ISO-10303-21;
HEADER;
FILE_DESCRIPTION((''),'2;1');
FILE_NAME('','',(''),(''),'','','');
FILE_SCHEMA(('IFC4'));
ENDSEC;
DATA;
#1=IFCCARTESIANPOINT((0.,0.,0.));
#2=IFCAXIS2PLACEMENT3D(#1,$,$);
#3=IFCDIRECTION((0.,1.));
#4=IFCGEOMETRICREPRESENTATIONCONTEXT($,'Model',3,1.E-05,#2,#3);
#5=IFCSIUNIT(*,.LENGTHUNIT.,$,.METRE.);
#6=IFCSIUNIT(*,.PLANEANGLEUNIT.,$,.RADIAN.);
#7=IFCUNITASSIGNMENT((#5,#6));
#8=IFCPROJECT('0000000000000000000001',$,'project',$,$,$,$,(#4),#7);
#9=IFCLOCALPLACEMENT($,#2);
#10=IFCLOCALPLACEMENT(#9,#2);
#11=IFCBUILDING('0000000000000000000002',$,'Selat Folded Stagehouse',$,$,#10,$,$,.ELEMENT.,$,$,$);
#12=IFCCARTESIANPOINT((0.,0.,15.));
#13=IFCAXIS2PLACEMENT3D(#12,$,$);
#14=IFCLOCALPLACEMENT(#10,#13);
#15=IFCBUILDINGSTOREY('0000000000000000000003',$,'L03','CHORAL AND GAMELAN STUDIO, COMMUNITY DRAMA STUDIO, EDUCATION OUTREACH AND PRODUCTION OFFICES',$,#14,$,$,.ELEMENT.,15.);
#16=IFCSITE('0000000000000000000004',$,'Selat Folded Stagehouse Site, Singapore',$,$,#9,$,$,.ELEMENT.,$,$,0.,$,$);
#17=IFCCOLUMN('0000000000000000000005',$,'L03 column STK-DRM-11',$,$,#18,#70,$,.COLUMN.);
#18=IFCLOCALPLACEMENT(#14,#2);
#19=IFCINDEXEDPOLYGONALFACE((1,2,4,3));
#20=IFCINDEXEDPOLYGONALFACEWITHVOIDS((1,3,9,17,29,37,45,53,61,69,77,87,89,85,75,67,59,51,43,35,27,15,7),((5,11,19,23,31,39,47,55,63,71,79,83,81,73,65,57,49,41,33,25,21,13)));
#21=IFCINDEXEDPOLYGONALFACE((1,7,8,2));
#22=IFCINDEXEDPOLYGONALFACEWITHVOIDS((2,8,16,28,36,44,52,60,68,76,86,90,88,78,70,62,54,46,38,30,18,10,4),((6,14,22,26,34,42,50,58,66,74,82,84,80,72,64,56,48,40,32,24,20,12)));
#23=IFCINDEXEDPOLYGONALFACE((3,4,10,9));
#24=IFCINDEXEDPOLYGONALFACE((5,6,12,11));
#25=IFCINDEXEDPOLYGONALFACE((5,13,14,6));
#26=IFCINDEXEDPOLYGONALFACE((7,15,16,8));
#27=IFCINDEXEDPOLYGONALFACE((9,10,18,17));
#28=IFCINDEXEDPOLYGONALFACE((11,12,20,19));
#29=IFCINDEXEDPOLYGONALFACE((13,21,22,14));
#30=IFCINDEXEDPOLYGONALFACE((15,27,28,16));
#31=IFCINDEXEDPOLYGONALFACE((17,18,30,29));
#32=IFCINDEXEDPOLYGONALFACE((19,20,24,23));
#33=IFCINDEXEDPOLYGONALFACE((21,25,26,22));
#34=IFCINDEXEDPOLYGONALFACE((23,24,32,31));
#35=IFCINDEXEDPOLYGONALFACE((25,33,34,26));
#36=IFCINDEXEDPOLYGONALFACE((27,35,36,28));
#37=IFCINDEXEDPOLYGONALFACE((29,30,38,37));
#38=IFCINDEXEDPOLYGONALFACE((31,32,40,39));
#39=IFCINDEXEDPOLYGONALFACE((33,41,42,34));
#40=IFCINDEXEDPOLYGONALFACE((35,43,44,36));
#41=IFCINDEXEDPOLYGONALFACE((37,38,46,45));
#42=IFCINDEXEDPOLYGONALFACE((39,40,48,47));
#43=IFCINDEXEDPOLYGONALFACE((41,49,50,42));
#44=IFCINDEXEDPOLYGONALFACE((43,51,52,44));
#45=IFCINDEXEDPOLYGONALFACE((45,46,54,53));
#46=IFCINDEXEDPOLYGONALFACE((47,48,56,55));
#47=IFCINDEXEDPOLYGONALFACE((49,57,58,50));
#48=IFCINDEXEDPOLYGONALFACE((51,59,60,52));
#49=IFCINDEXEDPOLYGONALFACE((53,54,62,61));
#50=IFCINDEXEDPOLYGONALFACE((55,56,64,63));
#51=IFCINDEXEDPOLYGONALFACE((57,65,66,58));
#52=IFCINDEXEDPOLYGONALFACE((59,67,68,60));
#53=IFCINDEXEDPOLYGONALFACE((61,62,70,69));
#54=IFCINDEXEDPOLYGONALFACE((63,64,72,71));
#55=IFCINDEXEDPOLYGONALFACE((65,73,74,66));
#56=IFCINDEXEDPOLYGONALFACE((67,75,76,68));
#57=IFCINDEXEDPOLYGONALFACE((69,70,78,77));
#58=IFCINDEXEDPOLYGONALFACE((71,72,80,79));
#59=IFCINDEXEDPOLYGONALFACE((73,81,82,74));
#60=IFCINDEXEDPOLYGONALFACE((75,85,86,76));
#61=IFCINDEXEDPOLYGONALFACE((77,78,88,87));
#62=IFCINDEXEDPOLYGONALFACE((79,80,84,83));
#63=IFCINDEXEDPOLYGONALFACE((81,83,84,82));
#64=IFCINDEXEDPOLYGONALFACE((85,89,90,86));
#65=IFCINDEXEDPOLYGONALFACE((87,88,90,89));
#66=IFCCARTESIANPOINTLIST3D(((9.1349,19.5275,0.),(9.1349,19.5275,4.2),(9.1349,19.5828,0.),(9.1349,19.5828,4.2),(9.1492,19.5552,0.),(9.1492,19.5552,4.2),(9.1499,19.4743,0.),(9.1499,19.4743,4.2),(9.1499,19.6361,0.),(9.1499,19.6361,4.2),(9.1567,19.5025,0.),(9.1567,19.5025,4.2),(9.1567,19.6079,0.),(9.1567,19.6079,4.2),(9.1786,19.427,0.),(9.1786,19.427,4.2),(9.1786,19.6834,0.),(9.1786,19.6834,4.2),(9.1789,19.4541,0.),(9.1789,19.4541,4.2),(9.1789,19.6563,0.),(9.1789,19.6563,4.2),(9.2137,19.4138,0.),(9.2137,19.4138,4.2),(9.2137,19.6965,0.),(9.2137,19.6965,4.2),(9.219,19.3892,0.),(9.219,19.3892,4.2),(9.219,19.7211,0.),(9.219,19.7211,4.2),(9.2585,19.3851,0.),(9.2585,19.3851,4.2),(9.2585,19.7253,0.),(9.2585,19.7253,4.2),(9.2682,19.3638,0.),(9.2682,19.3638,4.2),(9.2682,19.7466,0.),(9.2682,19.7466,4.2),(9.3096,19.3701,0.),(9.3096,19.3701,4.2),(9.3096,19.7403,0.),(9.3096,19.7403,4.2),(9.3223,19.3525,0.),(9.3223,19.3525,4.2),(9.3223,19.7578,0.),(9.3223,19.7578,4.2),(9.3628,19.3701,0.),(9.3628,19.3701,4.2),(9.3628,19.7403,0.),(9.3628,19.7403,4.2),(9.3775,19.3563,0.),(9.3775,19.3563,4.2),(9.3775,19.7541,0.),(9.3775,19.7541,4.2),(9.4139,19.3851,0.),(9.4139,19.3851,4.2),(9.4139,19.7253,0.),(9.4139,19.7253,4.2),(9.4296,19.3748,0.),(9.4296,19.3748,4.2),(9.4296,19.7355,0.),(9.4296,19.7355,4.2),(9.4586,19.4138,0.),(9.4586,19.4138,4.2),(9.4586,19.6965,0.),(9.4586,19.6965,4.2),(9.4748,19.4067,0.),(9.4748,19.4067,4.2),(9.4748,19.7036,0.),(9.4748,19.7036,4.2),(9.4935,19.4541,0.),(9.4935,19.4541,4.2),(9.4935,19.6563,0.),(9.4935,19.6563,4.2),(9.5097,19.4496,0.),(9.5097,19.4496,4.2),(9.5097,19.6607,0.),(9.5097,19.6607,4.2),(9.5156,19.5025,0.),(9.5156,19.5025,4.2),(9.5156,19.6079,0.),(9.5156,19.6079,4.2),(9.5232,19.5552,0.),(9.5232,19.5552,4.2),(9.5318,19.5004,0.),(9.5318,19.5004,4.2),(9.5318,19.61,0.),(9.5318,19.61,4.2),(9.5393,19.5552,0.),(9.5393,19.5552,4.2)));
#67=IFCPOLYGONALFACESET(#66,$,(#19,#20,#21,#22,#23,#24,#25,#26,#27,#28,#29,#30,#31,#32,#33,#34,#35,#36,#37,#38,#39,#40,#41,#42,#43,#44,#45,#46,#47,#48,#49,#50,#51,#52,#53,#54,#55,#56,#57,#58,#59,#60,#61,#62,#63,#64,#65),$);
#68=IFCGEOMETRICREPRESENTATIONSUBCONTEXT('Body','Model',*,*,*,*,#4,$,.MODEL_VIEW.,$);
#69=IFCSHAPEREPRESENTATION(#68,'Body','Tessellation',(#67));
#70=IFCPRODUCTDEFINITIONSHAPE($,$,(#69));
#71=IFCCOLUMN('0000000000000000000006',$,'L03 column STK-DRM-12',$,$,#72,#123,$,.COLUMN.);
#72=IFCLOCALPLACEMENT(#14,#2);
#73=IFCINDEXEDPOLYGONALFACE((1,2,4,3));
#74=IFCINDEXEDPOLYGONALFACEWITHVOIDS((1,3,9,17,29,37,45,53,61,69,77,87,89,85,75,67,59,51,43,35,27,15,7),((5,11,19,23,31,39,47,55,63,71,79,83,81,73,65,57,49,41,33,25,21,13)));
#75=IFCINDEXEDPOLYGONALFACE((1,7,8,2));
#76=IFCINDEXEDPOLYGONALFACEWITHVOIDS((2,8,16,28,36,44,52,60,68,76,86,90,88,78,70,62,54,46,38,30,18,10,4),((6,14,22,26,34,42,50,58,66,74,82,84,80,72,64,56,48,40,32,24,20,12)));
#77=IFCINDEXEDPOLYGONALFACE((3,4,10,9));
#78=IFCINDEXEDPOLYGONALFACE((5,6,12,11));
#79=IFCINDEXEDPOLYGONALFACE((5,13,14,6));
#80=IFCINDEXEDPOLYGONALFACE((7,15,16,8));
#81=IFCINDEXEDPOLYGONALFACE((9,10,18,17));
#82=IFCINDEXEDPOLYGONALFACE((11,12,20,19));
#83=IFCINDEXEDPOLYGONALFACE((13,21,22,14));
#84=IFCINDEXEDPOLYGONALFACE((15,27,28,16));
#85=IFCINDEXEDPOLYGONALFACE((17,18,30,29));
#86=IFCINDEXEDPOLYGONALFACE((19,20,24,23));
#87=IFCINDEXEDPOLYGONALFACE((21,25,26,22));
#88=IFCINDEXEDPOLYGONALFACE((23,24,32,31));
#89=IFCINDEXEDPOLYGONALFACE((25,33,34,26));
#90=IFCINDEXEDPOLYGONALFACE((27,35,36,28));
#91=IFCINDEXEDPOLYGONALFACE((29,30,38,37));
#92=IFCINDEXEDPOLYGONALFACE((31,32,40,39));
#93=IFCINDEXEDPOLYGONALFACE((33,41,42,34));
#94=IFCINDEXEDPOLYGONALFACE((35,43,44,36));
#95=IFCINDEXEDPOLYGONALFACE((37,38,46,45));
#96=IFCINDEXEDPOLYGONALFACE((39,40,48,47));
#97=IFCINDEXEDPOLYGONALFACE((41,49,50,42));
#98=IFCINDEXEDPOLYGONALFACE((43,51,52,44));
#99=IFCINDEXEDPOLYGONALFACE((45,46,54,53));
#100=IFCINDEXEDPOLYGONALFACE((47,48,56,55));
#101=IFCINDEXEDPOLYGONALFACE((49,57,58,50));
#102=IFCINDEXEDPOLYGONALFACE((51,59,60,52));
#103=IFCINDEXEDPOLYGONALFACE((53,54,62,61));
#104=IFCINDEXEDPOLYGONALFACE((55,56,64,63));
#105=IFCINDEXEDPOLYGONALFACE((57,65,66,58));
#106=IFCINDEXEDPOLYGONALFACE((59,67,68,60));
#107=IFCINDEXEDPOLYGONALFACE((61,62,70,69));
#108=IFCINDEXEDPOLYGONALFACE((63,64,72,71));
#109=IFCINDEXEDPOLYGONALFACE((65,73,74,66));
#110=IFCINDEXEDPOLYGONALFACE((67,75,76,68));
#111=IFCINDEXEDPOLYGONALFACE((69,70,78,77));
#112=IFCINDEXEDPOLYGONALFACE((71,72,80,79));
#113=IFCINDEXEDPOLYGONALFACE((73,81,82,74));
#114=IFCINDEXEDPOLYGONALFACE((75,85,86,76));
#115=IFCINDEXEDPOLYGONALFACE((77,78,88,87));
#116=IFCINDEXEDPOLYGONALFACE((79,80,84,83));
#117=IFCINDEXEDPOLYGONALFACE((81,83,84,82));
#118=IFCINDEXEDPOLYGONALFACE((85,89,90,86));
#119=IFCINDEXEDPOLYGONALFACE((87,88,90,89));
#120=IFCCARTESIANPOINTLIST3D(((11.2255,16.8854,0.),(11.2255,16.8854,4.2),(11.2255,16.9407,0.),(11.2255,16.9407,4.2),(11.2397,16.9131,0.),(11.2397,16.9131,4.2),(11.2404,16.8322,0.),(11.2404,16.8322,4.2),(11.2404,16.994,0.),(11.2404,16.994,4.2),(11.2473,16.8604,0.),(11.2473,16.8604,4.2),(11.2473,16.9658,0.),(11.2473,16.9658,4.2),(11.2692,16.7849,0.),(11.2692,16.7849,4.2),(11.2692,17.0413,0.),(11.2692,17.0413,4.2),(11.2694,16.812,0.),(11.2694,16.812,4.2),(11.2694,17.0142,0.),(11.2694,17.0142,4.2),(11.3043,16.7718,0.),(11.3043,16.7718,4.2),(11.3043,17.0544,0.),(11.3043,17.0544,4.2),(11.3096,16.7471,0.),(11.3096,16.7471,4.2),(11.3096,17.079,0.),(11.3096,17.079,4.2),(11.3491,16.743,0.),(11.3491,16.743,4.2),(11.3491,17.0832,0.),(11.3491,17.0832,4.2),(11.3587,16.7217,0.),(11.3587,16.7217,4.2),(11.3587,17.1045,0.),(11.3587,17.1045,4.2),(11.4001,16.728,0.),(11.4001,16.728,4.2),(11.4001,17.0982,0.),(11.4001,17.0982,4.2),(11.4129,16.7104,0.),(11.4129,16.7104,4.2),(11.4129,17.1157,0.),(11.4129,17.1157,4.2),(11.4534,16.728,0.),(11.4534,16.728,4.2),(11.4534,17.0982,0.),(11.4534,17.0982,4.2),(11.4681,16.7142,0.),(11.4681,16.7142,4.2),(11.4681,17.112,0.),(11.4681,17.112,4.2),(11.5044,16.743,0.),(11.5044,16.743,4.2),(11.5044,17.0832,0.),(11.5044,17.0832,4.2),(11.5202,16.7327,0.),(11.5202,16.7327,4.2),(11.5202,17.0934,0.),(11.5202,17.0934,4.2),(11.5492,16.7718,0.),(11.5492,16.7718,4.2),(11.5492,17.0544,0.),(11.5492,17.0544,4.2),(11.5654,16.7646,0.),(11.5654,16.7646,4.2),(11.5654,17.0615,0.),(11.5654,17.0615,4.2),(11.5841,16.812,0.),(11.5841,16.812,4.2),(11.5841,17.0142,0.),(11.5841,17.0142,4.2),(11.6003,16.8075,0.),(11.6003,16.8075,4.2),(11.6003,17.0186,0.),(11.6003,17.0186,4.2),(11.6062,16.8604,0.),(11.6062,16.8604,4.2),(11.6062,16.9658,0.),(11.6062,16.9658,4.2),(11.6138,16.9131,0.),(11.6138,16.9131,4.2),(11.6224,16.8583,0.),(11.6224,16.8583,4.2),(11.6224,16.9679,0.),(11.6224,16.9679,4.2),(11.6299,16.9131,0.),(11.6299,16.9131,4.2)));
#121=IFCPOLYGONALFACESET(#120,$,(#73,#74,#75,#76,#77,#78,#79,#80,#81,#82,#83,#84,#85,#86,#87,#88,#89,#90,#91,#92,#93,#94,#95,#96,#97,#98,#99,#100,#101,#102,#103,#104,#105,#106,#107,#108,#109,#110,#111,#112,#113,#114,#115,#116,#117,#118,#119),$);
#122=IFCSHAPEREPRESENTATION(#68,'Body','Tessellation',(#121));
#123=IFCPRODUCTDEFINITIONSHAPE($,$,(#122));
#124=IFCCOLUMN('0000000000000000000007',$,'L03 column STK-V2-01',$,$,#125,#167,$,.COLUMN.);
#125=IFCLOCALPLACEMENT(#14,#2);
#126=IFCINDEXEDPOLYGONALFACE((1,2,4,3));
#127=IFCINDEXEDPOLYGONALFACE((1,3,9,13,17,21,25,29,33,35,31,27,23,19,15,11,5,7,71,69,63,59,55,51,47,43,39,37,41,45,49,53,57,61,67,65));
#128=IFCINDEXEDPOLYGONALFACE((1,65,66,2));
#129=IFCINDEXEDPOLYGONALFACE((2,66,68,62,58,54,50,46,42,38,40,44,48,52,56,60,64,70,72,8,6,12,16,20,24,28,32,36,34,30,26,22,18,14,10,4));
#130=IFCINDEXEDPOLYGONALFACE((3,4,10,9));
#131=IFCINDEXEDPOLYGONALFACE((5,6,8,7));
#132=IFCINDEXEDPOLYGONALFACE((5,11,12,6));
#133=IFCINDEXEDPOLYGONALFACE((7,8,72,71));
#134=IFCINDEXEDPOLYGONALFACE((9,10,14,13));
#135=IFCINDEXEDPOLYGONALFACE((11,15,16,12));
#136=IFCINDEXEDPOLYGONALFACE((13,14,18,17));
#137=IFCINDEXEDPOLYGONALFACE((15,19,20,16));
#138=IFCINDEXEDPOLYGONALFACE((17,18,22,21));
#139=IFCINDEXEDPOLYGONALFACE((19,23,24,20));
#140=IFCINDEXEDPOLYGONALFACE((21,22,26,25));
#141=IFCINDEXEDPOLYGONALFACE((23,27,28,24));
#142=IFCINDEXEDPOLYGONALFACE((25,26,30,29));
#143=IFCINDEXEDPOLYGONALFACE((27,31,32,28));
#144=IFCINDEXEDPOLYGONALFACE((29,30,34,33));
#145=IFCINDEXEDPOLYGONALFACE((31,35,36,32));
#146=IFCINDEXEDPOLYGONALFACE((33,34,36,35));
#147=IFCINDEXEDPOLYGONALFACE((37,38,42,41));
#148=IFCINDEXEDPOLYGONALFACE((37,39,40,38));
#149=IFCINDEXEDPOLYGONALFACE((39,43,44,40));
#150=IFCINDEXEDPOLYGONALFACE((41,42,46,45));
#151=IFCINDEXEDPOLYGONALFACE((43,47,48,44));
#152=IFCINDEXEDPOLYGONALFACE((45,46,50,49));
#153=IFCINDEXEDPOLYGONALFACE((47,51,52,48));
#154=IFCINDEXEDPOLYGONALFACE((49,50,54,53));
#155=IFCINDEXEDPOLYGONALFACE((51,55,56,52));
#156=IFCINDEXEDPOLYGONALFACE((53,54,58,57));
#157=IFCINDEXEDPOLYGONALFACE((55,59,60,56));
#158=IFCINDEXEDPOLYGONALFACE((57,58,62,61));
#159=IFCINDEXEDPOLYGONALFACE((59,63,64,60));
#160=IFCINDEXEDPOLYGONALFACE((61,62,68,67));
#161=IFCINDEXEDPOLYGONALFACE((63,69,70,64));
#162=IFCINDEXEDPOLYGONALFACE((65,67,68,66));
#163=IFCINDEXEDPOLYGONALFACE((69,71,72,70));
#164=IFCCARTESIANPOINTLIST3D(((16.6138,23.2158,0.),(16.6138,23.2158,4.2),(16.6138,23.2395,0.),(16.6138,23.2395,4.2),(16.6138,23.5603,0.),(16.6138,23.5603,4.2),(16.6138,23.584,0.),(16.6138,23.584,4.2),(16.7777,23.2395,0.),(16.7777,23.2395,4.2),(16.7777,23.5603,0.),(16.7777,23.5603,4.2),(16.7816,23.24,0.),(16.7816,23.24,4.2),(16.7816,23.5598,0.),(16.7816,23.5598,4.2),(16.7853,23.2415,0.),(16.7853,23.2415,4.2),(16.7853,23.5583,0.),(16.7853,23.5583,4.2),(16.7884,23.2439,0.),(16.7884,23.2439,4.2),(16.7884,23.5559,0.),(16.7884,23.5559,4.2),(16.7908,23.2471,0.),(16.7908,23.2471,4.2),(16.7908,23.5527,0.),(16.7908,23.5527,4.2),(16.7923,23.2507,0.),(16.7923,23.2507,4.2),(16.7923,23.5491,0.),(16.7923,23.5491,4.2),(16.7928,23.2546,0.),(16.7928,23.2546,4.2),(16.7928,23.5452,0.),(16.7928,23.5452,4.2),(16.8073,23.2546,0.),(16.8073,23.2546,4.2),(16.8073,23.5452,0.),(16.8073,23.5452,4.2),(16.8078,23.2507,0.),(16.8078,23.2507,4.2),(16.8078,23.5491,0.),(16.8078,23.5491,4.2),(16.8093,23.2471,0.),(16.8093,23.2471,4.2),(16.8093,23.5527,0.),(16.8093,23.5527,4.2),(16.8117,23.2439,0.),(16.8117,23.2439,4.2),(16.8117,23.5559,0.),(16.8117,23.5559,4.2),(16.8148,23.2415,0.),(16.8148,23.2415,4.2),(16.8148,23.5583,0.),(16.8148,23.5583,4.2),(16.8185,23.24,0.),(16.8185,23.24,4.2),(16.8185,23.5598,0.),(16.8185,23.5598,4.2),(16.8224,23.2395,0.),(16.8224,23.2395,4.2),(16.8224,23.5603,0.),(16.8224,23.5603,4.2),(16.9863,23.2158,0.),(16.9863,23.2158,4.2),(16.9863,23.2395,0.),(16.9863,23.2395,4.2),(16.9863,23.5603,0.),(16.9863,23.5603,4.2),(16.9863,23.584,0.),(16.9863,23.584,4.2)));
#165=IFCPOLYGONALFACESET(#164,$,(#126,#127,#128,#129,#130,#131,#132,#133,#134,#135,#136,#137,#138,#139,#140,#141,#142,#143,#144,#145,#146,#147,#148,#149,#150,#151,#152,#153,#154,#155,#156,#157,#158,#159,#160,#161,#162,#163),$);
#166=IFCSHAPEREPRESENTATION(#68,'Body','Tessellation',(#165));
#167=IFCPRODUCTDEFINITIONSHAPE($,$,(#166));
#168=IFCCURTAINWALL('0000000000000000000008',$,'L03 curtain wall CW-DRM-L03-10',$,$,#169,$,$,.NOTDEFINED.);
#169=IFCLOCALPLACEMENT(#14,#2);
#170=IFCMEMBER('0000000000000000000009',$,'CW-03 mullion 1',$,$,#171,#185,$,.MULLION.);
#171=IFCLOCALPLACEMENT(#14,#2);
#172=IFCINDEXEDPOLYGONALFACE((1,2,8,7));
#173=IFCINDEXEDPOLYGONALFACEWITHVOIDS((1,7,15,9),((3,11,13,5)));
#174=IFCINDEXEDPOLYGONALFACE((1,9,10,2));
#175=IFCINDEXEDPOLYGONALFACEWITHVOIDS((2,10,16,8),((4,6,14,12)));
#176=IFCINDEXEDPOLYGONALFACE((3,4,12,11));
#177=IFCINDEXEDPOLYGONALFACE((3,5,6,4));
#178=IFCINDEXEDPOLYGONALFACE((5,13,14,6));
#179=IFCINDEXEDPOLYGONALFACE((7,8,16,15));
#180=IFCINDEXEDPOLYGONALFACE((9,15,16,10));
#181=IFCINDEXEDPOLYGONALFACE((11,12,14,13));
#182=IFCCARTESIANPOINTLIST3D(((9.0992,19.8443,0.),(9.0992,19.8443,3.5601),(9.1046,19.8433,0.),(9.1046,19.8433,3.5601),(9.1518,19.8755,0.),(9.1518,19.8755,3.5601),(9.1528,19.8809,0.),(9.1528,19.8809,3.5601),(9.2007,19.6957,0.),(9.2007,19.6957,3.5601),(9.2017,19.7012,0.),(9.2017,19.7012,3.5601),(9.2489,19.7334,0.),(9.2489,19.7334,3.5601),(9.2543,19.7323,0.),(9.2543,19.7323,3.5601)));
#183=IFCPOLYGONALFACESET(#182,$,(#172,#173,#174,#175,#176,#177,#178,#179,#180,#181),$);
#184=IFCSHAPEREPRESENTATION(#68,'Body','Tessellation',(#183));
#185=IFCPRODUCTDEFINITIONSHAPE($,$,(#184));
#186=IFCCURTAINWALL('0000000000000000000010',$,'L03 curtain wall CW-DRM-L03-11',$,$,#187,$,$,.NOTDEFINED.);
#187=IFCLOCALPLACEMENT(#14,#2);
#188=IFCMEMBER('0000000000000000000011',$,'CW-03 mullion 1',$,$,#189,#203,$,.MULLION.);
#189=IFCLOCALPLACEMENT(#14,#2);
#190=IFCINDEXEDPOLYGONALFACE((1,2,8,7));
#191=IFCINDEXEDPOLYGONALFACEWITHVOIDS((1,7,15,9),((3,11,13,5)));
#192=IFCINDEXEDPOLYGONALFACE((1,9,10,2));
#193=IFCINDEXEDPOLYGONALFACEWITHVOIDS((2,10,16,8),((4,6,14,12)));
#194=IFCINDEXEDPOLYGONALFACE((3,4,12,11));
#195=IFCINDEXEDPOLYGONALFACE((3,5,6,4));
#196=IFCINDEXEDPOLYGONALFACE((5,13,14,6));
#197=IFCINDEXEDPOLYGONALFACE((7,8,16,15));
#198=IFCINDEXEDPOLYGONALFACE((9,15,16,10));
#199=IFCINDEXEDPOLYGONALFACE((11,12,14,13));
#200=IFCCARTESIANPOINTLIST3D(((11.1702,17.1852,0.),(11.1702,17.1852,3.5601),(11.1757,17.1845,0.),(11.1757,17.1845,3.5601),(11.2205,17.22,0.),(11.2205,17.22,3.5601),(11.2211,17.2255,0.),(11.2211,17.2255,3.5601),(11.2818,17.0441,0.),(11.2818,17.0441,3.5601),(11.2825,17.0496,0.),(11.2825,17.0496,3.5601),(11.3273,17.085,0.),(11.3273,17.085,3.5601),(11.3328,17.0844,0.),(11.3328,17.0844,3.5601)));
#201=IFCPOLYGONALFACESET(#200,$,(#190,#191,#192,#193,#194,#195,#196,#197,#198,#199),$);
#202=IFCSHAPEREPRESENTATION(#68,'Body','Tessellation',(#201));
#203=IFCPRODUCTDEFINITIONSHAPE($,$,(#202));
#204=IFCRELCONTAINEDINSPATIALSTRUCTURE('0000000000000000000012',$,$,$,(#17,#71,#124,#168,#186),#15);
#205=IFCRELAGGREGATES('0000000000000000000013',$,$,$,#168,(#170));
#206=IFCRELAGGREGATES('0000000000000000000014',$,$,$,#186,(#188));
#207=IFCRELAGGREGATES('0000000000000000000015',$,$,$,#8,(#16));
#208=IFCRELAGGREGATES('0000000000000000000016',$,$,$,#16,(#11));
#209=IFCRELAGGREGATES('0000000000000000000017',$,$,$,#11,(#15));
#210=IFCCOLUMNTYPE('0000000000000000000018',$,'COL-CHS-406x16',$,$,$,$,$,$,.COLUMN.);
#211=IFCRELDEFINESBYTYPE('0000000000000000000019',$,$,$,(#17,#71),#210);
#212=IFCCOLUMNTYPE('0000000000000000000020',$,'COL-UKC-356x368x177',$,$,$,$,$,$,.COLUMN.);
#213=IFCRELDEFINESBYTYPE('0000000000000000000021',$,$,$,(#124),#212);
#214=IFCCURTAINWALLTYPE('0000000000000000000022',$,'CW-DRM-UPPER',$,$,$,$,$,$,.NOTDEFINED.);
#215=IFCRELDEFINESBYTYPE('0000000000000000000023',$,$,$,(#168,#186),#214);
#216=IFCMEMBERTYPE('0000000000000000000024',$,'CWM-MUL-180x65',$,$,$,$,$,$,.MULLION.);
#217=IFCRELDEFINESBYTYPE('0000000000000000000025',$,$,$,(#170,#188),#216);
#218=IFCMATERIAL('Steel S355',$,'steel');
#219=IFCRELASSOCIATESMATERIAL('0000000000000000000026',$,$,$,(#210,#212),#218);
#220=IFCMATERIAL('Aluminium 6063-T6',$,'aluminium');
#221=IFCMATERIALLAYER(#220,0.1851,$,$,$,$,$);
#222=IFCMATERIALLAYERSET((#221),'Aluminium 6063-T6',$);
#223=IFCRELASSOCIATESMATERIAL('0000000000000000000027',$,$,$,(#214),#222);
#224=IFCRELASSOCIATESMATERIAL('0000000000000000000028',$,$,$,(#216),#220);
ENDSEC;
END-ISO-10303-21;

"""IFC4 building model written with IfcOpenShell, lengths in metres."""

from ifc_helpers import new_model, si_unit, direction, frame, origin, origin_2d, place, context, subcontext, project, spatial, hollow_rectangle, hollow_circle, i_section, extrude, material, layer, layer_set, material_profile, profile_set, type_object, element, aggregate, save


model = new_model("IFC4")

# Units and contexts
model_context = context("Model", 3, precision=1e-05, world=origin(), true_north=direction((0.0, 1.0)))
body_context = subcontext(model_context, "Body", "Model", "MODEL_VIEW")
ifc_project = project(units=[si_unit("LENGTHUNIT", "METRE"), si_unit("PLANEANGLEUNIT", "RADIAN")], contexts=[model_context])

# Site, building, storey
site_placement = place(None, origin())
site = spatial("IfcSite", under=ifc_project, at=site_placement, Name="Selat Folded Stagehouse Site, Singapore", CompositionType="ELEMENT", RefElevation=0.0)
building_placement = place(site_placement, origin())
building = spatial("IfcBuilding", under=site, at=building_placement, Name="Selat Folded Stagehouse", CompositionType="ELEMENT")
storey_placement = place(building_placement, frame((0.0, 0.0, 15.0)))
storey = spatial("IfcBuildingStorey", under=building, at=storey_placement, Name="L03", Description="CHORAL AND GAMELAN STUDIO, COMMUNITY DRAMA STUDIO, EDUCATION OUTREACH AND PRODUCTION OFFICES", CompositionType="ELEMENT", Elevation=15.0)

# Columns
ifc_material_1 = material(Name="Steel S355", Category="steel")
ifc_material_profile_1 = material_profile(ifc_material_1, hollow_circle(Radius=0.2031, WallThickness=0.0161, at=origin_2d()), Name="CHS 406.4x16.0")
ifc_profile_set_1 = profile_set([ifc_material_profile_1], Name="Steel S355")
column_type_1 = type_object("IfcColumnType", Name="COL-CHS-406x16", PredefinedType="COLUMN", material=ifc_profile_set_1)
for number, where, z_axis, x_axis, name in (
    (1, (9.3362, 19.5552, 0.0), (0.0, 0.0, 1.0), (1.0, 0.0, 0.0), "L03 column STK-DRM-11"),
    (2, (11.4268, 16.9131, 0.0), (0.0, 0.0, 1.0), (1.0, 0.0, 0.0), "L03 column STK-DRM-12"),
):
    element("IfcColumn", number, at=place(storey_placement, frame(where, z_axis=z_axis, x_axis=x_axis)), inside=storey, type_object=column_type_1, Name=name, PredefinedType="COLUMN", context=body_context, shape_type="SweptSolid", body=[
        extrude(hollow_circle(Radius=0.2031, WallThickness=0.0161, at=origin_2d()), origin(), (0.0, 0.0, 1.0), 4.2),
    ])
ifc_material_profile_2 = material_profile(ifc_material_1, i_section(OverallWidth=0.3726, OverallDepth=0.3682, WebThickness=0.0144, FlangeThickness=0.0237, FilletRadius=0.0151, at=origin_2d()), Name="UKC 356x368x177")
ifc_profile_set_2 = profile_set([ifc_material_profile_2], Name="Steel S355")
column_type_2 = type_object("IfcColumnType", Name="COL-UKC-356x368x177", PredefinedType="COLUMN", material=ifc_profile_set_2)
column_placement = place(storey_placement, frame((16.8, 23.3999, 0.0), z_axis=(0.0, 0.0, 1.0), x_axis=(1.0, 0.0, 0.0)))
element("IfcColumn", 3, at=column_placement, inside=storey, type_object=column_type_2, Name="L03 column STK-V2-01", PredefinedType="COLUMN", context=body_context, shape_type="SweptSolid", body=[
    extrude(i_section(OverallWidth=0.3726, OverallDepth=0.3682, WebThickness=0.0144, FlangeThickness=0.0237, FilletRadius=0.0151, at=origin_2d()), origin(), (0.0, 0.0, 1.0), 4.2),
])

# Curtain wall, member
ifc_material_2 = material(Name="Aluminium 6063-T6", Category="aluminium")
ifc_layer_1 = layer(ifc_material_2, 0.1851)
ifc_layer_set_1 = layer_set([ifc_layer_1], Name="Aluminium 6063-T6")
curtain_wall_type = type_object("IfcCurtainWallType", Name="CW-DRM-UPPER", PredefinedType="NOTDEFINED", material=ifc_layer_set_1)
curtain_wall_1_placement = place(storey_placement, origin())
curtain_wall_1 = element("IfcCurtainWall", 4, at=curtain_wall_1_placement, inside=storey, type_object=curtain_wall_type, Name="L03 curtain wall CW-DRM-L03-10", PredefinedType="NOTDEFINED")
ifc_material_profile_3 = material_profile(ifc_material_2, hollow_rectangle(XDim=0.0649, YDim=0.1799, WallThickness=0.0039, at=origin_2d()), Name="ALU 180x65x4.0")
ifc_profile_set_3 = profile_set([ifc_material_profile_3], Name="Aluminium 6063-T6")
member_type_1 = type_object("IfcMemberType", Name="CWM-MUL-180x65", PredefinedType="MULLION", material=ifc_profile_set_3)
member_1_placement = place(storey_placement, frame((9.1768, 19.7883, 0.0), z_axis=(0.0, 0.0, 1.0), x_axis=(-0.82581, -0.563948, 0.0)))
member_1 = element("IfcMember", 5, at=member_1_placement, type_object=member_type_1, Name="CW-03 mullion 1", PredefinedType="MULLION", context=body_context, shape_type="SweptSolid", body=[
    extrude(hollow_rectangle(XDim=0.0649, YDim=0.1799, WallThickness=0.0039, at=origin_2d()), origin(), (0.0, 0.0, 1.0), 3.5601),
])

# Curtain wall, member
curtain_wall_2_placement = place(storey_placement, origin())
curtain_wall_2 = element("IfcCurtainWall", 6, at=curtain_wall_2_placement, inside=storey, type_object=curtain_wall_type, Name="L03 curtain wall CW-DRM-L03-11", PredefinedType="NOTDEFINED")
member_2_placement = place(storey_placement, frame((11.2515, 17.1348, 0.0), z_axis=(0.0, 0.0, 1.0), x_axis=(-0.78418, -0.620533, 0.0)))
member_2 = element("IfcMember", 7, at=member_2_placement, type_object=member_type_1, Name="CW-03 mullion 1", PredefinedType="MULLION", context=body_context, shape_type="SweptSolid", body=[
    extrude(hollow_rectangle(XDim=0.0649, YDim=0.1799, WallThickness=0.0039, at=origin_2d()), origin(), (0.0, 0.0, 1.0), 3.5601),
])

aggregate(curtain_wall_1, [member_1])
aggregate(curtain_wall_2, [member_2])

save(model, "model.ifc")
